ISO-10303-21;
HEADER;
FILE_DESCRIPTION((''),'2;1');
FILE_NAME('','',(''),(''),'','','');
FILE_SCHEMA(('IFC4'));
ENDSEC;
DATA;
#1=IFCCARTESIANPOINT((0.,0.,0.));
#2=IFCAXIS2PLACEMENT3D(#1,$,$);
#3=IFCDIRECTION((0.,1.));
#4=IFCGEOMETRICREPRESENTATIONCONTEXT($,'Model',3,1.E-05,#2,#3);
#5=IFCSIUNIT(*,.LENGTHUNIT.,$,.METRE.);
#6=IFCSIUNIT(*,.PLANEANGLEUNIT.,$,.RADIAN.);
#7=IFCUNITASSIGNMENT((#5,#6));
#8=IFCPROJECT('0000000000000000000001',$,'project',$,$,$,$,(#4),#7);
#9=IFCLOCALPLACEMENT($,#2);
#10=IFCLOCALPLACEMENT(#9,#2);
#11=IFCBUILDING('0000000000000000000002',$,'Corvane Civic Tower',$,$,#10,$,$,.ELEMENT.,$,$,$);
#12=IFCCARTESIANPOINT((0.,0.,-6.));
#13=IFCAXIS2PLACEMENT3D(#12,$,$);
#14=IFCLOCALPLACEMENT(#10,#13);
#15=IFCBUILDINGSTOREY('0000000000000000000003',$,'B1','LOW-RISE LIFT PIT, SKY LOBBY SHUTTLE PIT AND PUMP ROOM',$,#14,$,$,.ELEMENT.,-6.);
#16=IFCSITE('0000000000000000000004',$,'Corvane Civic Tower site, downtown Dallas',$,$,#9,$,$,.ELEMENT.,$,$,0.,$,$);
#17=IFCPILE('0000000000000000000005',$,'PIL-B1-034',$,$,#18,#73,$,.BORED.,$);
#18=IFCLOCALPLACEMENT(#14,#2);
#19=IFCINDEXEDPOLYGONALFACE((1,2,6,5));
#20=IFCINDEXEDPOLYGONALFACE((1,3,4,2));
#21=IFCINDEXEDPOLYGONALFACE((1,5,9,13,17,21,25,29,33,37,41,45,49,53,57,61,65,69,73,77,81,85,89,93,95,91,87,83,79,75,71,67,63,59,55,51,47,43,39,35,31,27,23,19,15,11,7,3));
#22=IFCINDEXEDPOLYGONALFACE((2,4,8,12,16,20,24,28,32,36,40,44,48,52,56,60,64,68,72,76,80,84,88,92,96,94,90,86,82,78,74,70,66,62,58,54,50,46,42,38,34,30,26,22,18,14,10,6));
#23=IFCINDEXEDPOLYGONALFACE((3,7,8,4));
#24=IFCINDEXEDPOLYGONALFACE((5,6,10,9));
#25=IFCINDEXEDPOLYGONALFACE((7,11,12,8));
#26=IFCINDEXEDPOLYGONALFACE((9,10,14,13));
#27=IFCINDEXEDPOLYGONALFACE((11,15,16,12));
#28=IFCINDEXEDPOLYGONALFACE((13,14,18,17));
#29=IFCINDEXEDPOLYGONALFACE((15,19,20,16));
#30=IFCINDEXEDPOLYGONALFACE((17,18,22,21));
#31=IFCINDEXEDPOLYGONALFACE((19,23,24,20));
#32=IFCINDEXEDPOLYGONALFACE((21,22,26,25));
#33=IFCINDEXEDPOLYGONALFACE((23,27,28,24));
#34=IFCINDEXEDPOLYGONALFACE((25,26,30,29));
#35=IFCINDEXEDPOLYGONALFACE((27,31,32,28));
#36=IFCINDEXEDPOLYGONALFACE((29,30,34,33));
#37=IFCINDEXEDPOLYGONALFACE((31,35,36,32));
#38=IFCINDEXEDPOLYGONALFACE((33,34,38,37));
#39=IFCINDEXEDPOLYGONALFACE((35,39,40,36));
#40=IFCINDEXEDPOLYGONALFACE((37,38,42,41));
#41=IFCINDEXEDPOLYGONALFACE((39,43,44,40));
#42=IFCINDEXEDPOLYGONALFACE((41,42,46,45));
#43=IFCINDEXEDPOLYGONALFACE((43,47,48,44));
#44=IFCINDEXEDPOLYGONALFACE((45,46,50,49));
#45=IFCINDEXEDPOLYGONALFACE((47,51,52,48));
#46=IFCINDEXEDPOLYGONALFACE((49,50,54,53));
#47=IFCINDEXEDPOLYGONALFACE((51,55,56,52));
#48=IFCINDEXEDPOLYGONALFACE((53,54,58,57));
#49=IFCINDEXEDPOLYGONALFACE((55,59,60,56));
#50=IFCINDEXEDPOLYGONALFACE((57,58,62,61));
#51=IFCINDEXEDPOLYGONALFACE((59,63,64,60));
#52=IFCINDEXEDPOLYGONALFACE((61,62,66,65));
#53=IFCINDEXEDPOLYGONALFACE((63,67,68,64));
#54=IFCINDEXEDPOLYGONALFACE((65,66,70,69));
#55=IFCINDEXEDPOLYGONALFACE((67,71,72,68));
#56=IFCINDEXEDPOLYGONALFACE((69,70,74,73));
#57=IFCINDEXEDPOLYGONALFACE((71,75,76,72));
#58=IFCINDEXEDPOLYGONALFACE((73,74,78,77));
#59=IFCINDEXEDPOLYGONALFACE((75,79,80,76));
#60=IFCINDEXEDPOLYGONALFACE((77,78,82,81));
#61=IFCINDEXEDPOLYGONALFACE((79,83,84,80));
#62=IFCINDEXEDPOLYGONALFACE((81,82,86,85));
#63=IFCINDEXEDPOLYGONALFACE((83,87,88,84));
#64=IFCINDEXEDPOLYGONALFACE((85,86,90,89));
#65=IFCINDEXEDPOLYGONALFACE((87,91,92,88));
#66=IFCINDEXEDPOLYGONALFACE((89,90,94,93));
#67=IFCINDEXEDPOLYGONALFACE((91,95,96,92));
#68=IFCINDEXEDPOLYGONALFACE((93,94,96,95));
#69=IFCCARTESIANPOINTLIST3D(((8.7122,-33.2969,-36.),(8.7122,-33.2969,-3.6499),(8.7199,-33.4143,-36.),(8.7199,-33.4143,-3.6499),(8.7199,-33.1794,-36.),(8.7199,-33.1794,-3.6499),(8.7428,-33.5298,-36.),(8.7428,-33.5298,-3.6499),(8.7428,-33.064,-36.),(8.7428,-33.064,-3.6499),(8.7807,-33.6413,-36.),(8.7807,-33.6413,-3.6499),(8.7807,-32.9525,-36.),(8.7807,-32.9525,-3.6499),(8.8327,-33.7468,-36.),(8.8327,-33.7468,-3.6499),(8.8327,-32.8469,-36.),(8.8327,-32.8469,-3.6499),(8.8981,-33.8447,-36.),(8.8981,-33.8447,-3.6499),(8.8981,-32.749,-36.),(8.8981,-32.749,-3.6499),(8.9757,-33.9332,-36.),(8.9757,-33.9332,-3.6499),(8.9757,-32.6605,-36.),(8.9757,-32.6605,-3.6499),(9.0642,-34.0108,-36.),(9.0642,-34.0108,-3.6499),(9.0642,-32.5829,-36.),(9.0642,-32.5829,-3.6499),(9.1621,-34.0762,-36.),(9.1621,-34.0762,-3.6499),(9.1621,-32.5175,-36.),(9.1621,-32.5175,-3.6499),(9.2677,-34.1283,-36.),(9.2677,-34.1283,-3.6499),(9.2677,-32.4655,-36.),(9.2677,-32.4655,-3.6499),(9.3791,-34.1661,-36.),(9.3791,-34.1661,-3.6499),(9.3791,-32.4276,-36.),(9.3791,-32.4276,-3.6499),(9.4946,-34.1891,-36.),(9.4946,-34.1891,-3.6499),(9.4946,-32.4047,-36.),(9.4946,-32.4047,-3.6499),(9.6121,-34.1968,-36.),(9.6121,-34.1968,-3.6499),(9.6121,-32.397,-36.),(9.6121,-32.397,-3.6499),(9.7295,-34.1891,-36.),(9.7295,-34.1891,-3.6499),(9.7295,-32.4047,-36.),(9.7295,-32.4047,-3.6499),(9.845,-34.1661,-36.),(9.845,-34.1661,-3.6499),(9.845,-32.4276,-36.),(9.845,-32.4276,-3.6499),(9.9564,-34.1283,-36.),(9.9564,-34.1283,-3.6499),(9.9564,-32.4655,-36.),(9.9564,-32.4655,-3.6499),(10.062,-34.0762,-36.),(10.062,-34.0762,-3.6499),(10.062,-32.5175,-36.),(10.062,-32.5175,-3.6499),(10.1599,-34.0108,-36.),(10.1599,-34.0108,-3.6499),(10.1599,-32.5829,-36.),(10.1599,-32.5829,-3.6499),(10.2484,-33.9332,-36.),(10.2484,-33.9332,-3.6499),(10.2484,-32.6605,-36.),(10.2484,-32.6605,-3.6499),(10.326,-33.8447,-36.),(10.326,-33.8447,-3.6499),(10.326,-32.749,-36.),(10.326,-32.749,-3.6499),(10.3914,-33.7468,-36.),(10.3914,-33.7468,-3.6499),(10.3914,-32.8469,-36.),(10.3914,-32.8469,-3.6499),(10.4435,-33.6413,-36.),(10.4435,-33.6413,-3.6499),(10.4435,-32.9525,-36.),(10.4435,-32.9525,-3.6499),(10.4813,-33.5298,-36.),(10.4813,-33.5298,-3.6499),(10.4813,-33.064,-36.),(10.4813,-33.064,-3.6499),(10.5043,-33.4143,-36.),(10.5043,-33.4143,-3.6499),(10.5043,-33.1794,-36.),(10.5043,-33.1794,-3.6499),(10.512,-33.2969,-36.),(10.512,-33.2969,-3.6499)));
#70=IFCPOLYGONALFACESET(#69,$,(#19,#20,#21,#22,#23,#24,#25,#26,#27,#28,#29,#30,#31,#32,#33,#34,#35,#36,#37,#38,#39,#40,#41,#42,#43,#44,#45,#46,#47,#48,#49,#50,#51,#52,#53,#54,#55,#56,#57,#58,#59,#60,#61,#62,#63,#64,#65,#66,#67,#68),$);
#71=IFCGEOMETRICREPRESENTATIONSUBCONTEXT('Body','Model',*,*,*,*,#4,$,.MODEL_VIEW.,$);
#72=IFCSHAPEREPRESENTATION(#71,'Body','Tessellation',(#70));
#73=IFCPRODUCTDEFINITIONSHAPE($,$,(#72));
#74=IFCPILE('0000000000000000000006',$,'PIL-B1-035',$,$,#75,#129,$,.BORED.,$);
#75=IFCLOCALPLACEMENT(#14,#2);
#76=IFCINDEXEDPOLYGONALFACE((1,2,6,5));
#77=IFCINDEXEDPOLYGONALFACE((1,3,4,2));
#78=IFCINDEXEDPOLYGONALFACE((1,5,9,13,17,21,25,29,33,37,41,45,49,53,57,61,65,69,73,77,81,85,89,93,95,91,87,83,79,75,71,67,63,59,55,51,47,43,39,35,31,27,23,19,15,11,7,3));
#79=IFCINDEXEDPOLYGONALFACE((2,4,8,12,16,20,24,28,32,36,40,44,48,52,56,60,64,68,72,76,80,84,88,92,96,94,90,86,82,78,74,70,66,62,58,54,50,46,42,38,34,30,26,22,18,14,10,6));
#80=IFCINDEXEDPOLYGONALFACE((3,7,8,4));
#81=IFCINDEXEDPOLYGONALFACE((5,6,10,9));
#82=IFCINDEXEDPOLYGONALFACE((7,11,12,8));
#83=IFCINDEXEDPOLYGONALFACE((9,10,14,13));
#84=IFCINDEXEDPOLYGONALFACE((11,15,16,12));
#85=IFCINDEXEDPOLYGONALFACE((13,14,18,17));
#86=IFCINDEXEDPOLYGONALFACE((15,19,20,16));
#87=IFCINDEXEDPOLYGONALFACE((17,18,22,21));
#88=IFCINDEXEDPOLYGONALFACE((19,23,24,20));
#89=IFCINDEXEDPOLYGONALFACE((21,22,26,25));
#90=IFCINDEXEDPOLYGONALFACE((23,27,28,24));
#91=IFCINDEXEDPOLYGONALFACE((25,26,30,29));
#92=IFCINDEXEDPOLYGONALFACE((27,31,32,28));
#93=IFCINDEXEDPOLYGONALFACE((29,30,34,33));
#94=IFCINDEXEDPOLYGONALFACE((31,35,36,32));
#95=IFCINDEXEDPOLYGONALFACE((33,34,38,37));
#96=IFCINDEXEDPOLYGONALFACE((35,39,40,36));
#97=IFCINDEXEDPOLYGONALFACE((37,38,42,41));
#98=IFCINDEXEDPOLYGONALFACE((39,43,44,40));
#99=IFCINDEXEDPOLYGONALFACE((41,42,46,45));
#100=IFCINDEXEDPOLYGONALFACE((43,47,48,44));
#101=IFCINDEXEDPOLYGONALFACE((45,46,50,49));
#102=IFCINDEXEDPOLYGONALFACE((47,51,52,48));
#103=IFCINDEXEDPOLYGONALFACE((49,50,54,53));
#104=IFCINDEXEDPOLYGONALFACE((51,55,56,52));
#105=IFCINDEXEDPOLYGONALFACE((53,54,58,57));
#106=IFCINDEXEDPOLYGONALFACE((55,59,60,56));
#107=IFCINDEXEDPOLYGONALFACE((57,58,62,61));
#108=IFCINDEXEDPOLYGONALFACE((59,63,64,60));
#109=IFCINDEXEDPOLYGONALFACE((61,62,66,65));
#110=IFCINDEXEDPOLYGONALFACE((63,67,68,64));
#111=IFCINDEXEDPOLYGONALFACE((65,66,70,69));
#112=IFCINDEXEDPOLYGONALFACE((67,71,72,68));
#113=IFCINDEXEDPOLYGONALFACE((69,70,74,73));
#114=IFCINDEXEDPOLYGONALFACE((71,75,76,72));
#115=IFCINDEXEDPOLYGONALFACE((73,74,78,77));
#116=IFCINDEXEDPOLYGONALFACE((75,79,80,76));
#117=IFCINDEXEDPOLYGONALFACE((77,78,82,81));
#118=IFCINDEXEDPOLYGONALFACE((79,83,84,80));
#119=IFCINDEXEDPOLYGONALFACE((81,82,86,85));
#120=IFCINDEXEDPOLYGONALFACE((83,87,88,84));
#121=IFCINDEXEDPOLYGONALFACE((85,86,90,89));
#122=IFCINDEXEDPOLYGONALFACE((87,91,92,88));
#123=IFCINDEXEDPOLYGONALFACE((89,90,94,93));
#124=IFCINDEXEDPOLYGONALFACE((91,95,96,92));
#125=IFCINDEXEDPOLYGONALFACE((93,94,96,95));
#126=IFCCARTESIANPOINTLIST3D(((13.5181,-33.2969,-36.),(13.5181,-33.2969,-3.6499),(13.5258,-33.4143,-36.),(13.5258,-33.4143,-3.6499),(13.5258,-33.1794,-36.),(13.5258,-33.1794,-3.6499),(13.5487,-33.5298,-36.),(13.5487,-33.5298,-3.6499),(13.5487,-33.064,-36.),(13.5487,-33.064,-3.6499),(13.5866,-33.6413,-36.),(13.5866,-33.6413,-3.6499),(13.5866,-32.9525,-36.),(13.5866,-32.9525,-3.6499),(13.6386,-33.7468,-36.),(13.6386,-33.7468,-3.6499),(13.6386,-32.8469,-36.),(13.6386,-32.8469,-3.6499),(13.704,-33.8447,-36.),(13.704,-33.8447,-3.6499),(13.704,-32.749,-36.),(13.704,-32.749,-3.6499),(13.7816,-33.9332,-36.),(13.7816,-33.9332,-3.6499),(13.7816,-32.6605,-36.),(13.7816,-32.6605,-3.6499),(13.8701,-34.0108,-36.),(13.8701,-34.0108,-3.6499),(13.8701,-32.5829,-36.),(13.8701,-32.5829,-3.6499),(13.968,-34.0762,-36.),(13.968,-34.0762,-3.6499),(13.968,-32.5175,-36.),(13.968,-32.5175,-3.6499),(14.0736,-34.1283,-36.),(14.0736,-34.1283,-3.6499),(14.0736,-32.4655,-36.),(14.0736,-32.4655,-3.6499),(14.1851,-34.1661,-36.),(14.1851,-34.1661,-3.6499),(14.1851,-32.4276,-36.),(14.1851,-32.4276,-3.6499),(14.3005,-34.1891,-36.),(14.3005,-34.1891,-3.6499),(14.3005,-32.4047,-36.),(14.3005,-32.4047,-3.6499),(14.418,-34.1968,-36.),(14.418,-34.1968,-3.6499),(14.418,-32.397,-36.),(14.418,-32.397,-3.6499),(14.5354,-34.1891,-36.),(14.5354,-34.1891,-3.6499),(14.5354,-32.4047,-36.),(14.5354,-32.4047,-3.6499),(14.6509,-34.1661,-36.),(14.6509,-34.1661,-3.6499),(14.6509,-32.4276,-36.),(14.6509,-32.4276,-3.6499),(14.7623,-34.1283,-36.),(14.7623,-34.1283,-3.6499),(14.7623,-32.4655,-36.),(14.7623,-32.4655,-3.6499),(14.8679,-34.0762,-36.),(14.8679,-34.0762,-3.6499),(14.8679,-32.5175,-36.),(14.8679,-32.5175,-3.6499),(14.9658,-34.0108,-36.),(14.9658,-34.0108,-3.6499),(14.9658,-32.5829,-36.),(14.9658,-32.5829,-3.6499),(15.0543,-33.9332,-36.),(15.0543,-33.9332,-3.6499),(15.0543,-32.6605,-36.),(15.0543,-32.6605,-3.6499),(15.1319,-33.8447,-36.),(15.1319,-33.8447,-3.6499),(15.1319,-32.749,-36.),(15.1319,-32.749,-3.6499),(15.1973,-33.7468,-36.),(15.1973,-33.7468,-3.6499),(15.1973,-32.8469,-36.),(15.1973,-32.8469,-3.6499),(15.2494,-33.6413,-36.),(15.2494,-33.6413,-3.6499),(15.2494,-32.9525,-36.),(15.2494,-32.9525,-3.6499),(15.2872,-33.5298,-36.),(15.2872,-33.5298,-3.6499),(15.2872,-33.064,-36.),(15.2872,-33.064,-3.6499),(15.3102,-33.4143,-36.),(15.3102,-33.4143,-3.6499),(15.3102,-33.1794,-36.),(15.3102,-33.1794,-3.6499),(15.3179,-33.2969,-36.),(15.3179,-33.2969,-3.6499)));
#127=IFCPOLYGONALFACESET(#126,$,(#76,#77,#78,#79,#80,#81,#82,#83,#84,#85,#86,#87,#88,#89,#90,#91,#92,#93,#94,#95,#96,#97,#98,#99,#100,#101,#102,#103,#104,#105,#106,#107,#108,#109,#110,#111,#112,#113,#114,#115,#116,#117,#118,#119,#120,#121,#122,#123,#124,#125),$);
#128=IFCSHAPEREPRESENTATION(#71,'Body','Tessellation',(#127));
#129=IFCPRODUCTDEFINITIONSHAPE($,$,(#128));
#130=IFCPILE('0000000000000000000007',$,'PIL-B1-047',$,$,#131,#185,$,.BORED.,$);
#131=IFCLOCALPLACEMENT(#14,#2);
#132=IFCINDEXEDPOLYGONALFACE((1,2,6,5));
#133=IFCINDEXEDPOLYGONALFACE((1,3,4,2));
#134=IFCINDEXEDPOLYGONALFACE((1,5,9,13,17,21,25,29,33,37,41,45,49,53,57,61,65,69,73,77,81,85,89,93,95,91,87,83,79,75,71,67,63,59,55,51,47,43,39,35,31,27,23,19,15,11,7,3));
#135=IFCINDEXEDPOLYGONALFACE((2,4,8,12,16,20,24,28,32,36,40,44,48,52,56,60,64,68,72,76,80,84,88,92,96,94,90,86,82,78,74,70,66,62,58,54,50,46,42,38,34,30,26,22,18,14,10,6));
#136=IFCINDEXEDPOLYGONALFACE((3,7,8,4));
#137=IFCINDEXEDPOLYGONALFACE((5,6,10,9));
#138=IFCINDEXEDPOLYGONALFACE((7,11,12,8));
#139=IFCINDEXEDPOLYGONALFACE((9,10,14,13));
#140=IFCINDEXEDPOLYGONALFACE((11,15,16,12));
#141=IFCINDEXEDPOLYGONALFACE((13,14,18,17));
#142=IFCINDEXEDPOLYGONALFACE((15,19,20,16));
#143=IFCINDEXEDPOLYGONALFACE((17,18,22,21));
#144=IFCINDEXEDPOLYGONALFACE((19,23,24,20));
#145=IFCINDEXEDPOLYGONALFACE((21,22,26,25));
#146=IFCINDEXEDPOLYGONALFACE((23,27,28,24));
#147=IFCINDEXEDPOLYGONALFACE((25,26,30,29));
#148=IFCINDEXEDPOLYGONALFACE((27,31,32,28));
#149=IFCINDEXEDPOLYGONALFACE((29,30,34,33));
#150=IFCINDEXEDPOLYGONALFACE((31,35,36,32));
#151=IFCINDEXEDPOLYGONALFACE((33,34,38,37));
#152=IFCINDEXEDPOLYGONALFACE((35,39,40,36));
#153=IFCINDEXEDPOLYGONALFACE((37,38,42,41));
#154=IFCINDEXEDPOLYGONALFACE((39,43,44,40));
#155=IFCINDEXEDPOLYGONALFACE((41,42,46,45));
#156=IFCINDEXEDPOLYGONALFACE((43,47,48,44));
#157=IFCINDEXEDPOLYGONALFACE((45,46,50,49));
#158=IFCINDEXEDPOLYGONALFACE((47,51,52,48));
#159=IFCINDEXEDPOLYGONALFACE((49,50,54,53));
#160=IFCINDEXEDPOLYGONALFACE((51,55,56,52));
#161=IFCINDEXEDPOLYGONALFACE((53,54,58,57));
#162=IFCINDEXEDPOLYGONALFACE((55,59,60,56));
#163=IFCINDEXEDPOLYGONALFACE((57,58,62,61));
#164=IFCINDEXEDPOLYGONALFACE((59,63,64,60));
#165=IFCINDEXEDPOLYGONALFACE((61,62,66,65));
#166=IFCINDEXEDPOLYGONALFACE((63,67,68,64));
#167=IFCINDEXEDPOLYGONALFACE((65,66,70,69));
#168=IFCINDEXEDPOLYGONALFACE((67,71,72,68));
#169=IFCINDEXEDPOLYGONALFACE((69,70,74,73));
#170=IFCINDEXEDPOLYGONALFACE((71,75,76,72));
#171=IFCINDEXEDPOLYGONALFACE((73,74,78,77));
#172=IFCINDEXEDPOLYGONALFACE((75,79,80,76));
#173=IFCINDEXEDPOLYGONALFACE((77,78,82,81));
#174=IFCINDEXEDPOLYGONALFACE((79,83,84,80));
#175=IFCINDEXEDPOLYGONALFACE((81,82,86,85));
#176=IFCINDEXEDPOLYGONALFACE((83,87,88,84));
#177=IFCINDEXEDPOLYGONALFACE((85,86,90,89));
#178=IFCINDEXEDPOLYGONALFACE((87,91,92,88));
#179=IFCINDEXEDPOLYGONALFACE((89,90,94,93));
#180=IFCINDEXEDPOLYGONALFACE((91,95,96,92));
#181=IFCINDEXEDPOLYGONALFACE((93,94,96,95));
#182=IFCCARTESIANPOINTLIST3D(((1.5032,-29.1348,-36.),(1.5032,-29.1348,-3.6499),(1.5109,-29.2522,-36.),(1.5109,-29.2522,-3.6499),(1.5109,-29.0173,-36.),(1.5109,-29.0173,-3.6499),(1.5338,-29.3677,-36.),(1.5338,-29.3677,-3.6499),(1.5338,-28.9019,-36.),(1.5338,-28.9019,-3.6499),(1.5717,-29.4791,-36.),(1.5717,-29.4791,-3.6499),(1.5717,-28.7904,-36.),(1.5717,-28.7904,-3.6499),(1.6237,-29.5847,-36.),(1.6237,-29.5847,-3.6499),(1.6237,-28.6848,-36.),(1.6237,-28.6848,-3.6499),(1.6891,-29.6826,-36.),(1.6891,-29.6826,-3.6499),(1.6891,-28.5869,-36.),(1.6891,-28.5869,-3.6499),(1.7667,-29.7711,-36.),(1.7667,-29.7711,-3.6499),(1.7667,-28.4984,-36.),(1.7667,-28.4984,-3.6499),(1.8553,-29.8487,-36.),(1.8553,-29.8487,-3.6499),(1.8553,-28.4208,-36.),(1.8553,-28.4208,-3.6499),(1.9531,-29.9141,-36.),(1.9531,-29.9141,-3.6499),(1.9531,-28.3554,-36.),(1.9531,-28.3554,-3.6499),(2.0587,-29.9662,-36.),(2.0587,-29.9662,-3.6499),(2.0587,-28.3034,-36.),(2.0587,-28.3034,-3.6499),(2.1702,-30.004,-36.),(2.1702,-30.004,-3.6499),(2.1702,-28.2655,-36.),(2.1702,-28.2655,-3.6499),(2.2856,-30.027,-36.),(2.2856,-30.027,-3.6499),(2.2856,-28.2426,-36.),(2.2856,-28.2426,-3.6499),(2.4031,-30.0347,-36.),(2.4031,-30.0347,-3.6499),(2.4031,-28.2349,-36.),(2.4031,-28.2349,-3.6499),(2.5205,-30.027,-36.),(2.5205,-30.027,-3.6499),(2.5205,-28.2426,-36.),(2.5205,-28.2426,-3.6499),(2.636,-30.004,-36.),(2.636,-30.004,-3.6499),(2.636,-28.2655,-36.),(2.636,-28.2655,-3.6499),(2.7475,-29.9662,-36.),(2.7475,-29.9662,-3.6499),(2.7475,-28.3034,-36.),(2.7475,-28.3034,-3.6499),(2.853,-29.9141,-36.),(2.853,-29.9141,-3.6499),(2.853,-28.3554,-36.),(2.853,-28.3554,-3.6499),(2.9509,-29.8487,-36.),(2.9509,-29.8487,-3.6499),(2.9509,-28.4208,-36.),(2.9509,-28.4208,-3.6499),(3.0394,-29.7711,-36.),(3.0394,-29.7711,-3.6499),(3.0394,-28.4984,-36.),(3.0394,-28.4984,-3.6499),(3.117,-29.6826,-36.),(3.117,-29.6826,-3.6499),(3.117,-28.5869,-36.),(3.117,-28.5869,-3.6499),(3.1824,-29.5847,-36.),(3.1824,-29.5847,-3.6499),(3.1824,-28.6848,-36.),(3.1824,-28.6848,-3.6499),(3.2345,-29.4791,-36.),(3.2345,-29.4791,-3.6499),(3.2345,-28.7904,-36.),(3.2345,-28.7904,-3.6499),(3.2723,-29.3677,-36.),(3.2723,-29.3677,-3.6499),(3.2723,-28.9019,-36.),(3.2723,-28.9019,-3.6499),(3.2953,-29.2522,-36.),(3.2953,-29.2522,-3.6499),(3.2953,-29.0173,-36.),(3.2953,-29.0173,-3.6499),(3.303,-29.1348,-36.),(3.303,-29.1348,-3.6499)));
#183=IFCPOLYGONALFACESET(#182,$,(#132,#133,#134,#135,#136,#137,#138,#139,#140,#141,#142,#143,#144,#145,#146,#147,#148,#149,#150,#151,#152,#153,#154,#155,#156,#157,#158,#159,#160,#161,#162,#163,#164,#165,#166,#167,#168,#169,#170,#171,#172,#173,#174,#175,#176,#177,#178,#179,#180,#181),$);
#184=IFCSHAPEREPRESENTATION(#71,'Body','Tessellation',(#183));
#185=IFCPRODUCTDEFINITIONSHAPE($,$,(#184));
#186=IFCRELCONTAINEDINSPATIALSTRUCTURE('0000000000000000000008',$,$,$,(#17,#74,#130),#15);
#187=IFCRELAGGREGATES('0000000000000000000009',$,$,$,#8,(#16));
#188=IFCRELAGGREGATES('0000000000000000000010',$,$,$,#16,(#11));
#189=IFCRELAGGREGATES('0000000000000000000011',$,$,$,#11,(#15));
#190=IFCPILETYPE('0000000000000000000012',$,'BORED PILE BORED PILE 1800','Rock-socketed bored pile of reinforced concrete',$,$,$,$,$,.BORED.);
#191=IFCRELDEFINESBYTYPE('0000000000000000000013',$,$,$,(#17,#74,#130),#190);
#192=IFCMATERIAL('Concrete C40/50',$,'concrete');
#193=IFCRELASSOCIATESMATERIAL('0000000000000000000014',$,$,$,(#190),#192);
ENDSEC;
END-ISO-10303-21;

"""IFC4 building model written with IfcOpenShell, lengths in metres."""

from ifc_helpers import new_model, si_unit, direction, frame, origin, origin_2d, place, context, subcontext, project, spatial, circle, extrude, material, material_profile, profile_set, type_object, element, save


model = new_model("IFC4")

# Units and contexts
model_context = context("Model", 3, precision=1e-05, world=origin(), true_north=direction((0.0, 1.0)))
body_context = subcontext(model_context, "Body", "Model", "MODEL_VIEW")
ifc_project = project(units=[si_unit("LENGTHUNIT", "METRE"), si_unit("PLANEANGLEUNIT", "RADIAN")], contexts=[model_context])

# Site, building, storey
site_placement = place(None, origin())
site = spatial("IfcSite", under=ifc_project, at=site_placement, Name="Corvane Civic Tower site, downtown Dallas", CompositionType="ELEMENT", RefElevation=0.0)
building_placement = place(site_placement, origin())
building = spatial("IfcBuilding", under=site, at=building_placement, Name="Corvane Civic Tower", CompositionType="ELEMENT")
storey_placement = place(building_placement, frame((0.0, 0.0, -6.0)))
storey = spatial("IfcBuildingStorey", under=building, at=storey_placement, Name="B1", Description="LOW-RISE LIFT PIT, SKY LOBBY SHUTTLE PIT AND PUMP ROOM", CompositionType="ELEMENT", Elevation=-6.0)

# Piles
ifc_material_1 = material(Name="Concrete C40/50", Category="concrete")
ifc_material_profile_1 = material_profile(ifc_material_1, circle(Radius=0.8999, at=origin_2d()), Name="BORED PILE 1800")
ifc_profile_set_1 = profile_set([ifc_material_profile_1], Name="Concrete C40/50")
pile_type_1 = type_object("IfcPileType", Name="BORED PILE BORED PILE 1800", Description="Rock-socketed bored pile of reinforced concrete", PredefinedType="BORED", material=ifc_profile_set_1)
for number, where, z_axis, x_axis, name in (
    (1, (9.6121, -33.2969, -3.6499), (0.0, 0.0, -1.0), (1.0, 0.0, 0.0), "PIL-B1-034"),
    (2, (14.418, -33.2969, -3.6499), (0.0, 0.0, -1.0), (1.0, 0.0, 0.0), "PIL-B1-035"),
    (3, (2.4031, -29.1348, -3.6499), (0.0, 0.0, -1.0), (1.0, 0.0, 0.0), "PIL-B1-047"),
):
    element("IfcPile", number, at=place(storey_placement, frame(where, z_axis=z_axis, x_axis=x_axis)), inside=storey, type_object=pile_type_1, Name=name, PredefinedType="BORED", context=body_context, shape_type="SweptSolid", body=[
        extrude(circle(Radius=0.8999, at=origin_2d()), origin(), (0.0, 0.0, 1.0), 32.3501),
    ])

save(model, "model.ifc")
